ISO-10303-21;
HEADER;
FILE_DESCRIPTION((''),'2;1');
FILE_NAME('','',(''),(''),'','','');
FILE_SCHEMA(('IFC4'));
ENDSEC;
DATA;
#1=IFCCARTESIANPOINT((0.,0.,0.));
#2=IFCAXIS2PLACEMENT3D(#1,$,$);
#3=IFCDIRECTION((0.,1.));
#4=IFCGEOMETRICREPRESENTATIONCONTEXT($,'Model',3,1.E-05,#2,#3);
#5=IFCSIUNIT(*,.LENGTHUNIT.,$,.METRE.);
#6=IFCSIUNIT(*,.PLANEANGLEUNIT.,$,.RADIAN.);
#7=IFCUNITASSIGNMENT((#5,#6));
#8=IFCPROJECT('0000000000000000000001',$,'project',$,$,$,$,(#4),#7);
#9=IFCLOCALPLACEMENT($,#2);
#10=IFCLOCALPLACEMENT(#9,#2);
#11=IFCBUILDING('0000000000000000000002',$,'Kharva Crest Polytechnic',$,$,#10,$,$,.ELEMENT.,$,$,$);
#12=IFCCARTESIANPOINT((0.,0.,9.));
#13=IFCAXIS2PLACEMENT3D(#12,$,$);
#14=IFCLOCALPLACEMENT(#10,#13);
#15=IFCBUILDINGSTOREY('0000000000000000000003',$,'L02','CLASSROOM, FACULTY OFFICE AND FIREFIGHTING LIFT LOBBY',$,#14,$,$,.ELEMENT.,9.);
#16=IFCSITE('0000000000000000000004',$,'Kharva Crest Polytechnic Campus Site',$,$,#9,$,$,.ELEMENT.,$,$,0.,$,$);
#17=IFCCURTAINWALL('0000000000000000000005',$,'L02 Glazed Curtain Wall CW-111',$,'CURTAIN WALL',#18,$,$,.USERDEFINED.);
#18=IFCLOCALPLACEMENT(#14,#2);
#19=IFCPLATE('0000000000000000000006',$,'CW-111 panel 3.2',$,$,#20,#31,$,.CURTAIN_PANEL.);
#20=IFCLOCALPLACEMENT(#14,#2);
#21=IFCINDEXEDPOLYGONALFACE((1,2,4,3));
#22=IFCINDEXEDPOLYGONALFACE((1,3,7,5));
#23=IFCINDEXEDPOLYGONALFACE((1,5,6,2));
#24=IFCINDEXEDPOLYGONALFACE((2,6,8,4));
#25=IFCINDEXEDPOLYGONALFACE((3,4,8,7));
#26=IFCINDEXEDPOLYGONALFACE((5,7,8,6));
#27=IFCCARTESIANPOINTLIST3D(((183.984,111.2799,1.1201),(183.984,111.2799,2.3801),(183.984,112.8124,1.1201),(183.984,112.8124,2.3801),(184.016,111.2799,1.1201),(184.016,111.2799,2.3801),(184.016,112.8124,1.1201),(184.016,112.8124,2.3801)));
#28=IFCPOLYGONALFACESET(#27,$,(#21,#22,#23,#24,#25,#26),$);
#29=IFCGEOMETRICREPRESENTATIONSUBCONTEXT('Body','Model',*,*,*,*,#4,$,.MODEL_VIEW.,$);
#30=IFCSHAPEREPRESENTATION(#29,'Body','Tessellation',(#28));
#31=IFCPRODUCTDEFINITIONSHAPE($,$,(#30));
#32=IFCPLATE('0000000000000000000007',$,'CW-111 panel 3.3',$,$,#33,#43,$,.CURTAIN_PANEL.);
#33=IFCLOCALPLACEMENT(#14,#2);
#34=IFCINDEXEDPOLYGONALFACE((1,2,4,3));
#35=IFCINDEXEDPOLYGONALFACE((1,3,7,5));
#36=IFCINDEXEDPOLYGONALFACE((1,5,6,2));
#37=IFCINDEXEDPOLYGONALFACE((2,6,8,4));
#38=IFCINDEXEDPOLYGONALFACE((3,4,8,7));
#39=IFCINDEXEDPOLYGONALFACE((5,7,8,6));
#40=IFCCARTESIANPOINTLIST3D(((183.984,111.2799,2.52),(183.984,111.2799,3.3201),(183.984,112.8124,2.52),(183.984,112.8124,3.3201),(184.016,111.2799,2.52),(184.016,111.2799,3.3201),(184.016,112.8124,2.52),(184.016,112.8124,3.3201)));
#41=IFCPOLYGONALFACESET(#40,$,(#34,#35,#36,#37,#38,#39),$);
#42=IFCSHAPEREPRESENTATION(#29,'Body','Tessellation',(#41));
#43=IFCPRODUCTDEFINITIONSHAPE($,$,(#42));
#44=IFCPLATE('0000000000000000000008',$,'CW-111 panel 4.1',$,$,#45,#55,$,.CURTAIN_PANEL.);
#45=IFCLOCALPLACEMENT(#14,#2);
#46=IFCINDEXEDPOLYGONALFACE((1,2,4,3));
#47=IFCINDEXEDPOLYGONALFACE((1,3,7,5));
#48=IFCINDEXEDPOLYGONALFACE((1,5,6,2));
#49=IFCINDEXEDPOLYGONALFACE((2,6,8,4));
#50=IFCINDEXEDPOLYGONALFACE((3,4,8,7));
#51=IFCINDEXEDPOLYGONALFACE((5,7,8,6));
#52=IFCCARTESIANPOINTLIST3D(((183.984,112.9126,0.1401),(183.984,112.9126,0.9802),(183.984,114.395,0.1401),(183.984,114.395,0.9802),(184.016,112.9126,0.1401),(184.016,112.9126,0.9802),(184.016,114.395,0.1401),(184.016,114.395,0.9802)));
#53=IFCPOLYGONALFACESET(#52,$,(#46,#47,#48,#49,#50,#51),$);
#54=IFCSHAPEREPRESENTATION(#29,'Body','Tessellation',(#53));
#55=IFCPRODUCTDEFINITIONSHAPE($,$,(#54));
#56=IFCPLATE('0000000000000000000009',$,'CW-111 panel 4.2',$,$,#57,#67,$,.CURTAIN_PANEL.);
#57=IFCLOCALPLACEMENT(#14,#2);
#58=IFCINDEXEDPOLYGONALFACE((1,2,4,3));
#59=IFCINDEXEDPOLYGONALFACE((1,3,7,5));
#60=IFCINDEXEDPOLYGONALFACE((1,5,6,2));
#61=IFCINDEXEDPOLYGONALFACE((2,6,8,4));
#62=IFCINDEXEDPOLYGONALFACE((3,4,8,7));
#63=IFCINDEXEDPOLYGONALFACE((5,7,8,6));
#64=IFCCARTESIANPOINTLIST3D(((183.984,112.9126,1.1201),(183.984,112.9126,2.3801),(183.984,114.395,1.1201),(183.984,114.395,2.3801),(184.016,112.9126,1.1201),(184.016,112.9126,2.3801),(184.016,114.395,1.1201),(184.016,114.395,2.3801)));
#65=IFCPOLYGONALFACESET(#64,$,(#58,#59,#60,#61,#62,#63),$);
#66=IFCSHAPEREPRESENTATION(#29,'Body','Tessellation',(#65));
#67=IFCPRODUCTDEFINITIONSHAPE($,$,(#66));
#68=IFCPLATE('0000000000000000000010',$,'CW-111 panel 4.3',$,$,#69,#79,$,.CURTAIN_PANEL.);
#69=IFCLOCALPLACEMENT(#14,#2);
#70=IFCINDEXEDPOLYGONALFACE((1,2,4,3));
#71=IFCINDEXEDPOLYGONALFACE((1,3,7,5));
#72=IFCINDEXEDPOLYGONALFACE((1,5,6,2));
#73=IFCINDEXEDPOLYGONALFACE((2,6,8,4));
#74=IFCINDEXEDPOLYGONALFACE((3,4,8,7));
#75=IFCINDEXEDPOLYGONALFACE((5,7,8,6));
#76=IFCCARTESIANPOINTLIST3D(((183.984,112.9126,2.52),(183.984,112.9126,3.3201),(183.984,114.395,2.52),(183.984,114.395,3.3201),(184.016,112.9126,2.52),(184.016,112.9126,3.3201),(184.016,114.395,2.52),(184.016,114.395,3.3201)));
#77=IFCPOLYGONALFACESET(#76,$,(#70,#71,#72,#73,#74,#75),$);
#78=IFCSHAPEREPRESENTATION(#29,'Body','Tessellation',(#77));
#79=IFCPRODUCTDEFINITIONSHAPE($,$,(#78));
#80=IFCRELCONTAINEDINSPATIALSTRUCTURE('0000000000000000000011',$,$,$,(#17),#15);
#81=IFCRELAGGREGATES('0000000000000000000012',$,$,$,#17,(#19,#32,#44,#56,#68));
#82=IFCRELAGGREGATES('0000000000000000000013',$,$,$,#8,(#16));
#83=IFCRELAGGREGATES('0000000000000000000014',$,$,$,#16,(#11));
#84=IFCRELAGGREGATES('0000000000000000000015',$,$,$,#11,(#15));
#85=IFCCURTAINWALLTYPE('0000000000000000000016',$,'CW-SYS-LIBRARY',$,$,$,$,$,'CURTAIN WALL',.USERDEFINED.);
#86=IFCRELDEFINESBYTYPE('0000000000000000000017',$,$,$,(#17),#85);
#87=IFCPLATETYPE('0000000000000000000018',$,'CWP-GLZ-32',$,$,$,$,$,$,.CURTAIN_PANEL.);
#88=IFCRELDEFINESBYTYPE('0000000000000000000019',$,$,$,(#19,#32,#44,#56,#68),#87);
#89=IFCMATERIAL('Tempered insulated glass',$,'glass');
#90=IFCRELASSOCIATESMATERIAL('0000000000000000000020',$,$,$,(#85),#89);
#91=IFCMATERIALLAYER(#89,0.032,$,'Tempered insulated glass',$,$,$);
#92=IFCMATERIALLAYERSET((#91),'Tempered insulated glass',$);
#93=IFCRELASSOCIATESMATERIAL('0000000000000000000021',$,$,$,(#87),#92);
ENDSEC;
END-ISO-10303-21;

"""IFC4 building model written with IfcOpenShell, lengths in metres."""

from ifc_helpers import new_model, si_unit, direction, frame, origin, origin_2d, place, context, subcontext, project, spatial, rectangle, extrude, material, layer, layer_set, type_object, element, aggregate, save


model = new_model("IFC4")

# Units and contexts
model_context = context("Model", 3, precision=1e-05, world=origin(), true_north=direction((0.0, 1.0)))
body_context = subcontext(model_context, "Body", "Model", "MODEL_VIEW")
ifc_project = project(units=[si_unit("LENGTHUNIT", "METRE"), si_unit("PLANEANGLEUNIT", "RADIAN")], contexts=[model_context])

# Site, building, storey
site_placement = place(None, origin())
site = spatial("IfcSite", under=ifc_project, at=site_placement, Name="Kharva Crest Polytechnic Campus Site", CompositionType="ELEMENT", RefElevation=0.0)
building_placement = place(site_placement, origin())
building = spatial("IfcBuilding", under=site, at=building_placement, Name="Kharva Crest Polytechnic", CompositionType="ELEMENT")
storey_placement = place(building_placement, frame((0.0, 0.0, 9.0)))
storey = spatial("IfcBuildingStorey", under=building, at=storey_placement, Name="L02", Description="CLASSROOM, FACULTY OFFICE AND FIREFIGHTING LIFT LOBBY", CompositionType="ELEMENT", Elevation=9.0)

# Shared definitions
ifc_material_1 = material(Name="Tempered insulated glass", Category="glass")
curtain_wall_type = type_object("IfcCurtainWallType", Name="CW-SYS-LIBRARY", ElementType="CURTAIN WALL", PredefinedType="USERDEFINED", material=ifc_material_1)

# Curtain wall
curtain_wall_1_placement = place(storey_placement, origin())
curtain_wall_1 = element("IfcCurtainWall", 1, at=curtain_wall_1_placement, inside=storey, type_object=curtain_wall_type, Name="L02 Glazed Curtain Wall CW-111", ObjectType="CURTAIN WALL", PredefinedType="USERDEFINED")

# Plates
ifc_layer = layer(ifc_material_1, 0.032, Name="Tempered insulated glass")
ifc_layer_set = layer_set([ifc_layer], Name="Tempered insulated glass")
plate_type = type_object("IfcPlateType", Name="CWP-GLZ-32", PredefinedType="CURTAIN_PANEL", material=ifc_layer_set)
plate_1_placement = place(storey_placement, frame((184.0, 112.0461, 1.1201), z_axis=(0.0, 0.0, 1.0), x_axis=(0.0, 1.0, 0.0)))
plate_1 = element("IfcPlate", 2, at=plate_1_placement, type_object=plate_type, Name="CW-111 panel 3.2", PredefinedType="CURTAIN_PANEL", context=body_context, shape_type="SweptSolid", body=[
    extrude(rectangle(XDim=1.5325, YDim=0.032, at=origin_2d()), origin(), (0.0, 0.0, 1.0), 1.26),
])
plate_2_placement = place(storey_placement, frame((184.0, 112.0461, 2.52), z_axis=(0.0, 0.0, 1.0), x_axis=(0.0, 1.0, 0.0)))
plate_2 = element("IfcPlate", 3, at=plate_2_placement, type_object=plate_type, Name="CW-111 panel 3.3", PredefinedType="CURTAIN_PANEL", context=body_context, shape_type="SweptSolid", body=[
    extrude(rectangle(XDim=1.5325, YDim=0.032, at=origin_2d()), origin(), (0.0, 0.0, 1.0), 0.8),
])
plate_3_placement = place(storey_placement, frame((184.0, 113.6538, 0.1401), z_axis=(0.0, 0.0, 1.0), x_axis=(0.0, 1.0, 0.0)))
plate_3 = element("IfcPlate", 4, at=plate_3_placement, type_object=plate_type, Name="CW-111 panel 4.1", PredefinedType="CURTAIN_PANEL", context=body_context, shape_type="SweptSolid", body=[
    extrude(rectangle(XDim=1.4824, YDim=0.032, at=origin_2d()), origin(), (0.0, 0.0, 1.0), 0.8401),
])
plate_4_placement = place(storey_placement, frame((184.0, 113.6538, 1.1201), z_axis=(0.0, 0.0, 1.0), x_axis=(0.0, 1.0, 0.0)))
plate_4 = element("IfcPlate", 5, at=plate_4_placement, type_object=plate_type, Name="CW-111 panel 4.2", PredefinedType="CURTAIN_PANEL", context=body_context, shape_type="SweptSolid", body=[
    extrude(rectangle(XDim=1.4824, YDim=0.032, at=origin_2d()), origin(), (0.0, 0.0, 1.0), 1.26),
])
plate_5_placement = place(storey_placement, frame((184.0, 113.6538, 2.52), z_axis=(0.0, 0.0, 1.0), x_axis=(0.0, 1.0, 0.0)))
plate_5 = element("IfcPlate", 6, at=plate_5_placement, type_object=plate_type, Name="CW-111 panel 4.3", PredefinedType="CURTAIN_PANEL", context=body_context, shape_type="SweptSolid", body=[
    extrude(rectangle(XDim=1.4824, YDim=0.032, at=origin_2d()), origin(), (0.0, 0.0, 1.0), 0.8),
])
aggregate(curtain_wall_1, [plate_1, plate_2, plate_3, plate_4, plate_5])

save(model, "model.ifc")
